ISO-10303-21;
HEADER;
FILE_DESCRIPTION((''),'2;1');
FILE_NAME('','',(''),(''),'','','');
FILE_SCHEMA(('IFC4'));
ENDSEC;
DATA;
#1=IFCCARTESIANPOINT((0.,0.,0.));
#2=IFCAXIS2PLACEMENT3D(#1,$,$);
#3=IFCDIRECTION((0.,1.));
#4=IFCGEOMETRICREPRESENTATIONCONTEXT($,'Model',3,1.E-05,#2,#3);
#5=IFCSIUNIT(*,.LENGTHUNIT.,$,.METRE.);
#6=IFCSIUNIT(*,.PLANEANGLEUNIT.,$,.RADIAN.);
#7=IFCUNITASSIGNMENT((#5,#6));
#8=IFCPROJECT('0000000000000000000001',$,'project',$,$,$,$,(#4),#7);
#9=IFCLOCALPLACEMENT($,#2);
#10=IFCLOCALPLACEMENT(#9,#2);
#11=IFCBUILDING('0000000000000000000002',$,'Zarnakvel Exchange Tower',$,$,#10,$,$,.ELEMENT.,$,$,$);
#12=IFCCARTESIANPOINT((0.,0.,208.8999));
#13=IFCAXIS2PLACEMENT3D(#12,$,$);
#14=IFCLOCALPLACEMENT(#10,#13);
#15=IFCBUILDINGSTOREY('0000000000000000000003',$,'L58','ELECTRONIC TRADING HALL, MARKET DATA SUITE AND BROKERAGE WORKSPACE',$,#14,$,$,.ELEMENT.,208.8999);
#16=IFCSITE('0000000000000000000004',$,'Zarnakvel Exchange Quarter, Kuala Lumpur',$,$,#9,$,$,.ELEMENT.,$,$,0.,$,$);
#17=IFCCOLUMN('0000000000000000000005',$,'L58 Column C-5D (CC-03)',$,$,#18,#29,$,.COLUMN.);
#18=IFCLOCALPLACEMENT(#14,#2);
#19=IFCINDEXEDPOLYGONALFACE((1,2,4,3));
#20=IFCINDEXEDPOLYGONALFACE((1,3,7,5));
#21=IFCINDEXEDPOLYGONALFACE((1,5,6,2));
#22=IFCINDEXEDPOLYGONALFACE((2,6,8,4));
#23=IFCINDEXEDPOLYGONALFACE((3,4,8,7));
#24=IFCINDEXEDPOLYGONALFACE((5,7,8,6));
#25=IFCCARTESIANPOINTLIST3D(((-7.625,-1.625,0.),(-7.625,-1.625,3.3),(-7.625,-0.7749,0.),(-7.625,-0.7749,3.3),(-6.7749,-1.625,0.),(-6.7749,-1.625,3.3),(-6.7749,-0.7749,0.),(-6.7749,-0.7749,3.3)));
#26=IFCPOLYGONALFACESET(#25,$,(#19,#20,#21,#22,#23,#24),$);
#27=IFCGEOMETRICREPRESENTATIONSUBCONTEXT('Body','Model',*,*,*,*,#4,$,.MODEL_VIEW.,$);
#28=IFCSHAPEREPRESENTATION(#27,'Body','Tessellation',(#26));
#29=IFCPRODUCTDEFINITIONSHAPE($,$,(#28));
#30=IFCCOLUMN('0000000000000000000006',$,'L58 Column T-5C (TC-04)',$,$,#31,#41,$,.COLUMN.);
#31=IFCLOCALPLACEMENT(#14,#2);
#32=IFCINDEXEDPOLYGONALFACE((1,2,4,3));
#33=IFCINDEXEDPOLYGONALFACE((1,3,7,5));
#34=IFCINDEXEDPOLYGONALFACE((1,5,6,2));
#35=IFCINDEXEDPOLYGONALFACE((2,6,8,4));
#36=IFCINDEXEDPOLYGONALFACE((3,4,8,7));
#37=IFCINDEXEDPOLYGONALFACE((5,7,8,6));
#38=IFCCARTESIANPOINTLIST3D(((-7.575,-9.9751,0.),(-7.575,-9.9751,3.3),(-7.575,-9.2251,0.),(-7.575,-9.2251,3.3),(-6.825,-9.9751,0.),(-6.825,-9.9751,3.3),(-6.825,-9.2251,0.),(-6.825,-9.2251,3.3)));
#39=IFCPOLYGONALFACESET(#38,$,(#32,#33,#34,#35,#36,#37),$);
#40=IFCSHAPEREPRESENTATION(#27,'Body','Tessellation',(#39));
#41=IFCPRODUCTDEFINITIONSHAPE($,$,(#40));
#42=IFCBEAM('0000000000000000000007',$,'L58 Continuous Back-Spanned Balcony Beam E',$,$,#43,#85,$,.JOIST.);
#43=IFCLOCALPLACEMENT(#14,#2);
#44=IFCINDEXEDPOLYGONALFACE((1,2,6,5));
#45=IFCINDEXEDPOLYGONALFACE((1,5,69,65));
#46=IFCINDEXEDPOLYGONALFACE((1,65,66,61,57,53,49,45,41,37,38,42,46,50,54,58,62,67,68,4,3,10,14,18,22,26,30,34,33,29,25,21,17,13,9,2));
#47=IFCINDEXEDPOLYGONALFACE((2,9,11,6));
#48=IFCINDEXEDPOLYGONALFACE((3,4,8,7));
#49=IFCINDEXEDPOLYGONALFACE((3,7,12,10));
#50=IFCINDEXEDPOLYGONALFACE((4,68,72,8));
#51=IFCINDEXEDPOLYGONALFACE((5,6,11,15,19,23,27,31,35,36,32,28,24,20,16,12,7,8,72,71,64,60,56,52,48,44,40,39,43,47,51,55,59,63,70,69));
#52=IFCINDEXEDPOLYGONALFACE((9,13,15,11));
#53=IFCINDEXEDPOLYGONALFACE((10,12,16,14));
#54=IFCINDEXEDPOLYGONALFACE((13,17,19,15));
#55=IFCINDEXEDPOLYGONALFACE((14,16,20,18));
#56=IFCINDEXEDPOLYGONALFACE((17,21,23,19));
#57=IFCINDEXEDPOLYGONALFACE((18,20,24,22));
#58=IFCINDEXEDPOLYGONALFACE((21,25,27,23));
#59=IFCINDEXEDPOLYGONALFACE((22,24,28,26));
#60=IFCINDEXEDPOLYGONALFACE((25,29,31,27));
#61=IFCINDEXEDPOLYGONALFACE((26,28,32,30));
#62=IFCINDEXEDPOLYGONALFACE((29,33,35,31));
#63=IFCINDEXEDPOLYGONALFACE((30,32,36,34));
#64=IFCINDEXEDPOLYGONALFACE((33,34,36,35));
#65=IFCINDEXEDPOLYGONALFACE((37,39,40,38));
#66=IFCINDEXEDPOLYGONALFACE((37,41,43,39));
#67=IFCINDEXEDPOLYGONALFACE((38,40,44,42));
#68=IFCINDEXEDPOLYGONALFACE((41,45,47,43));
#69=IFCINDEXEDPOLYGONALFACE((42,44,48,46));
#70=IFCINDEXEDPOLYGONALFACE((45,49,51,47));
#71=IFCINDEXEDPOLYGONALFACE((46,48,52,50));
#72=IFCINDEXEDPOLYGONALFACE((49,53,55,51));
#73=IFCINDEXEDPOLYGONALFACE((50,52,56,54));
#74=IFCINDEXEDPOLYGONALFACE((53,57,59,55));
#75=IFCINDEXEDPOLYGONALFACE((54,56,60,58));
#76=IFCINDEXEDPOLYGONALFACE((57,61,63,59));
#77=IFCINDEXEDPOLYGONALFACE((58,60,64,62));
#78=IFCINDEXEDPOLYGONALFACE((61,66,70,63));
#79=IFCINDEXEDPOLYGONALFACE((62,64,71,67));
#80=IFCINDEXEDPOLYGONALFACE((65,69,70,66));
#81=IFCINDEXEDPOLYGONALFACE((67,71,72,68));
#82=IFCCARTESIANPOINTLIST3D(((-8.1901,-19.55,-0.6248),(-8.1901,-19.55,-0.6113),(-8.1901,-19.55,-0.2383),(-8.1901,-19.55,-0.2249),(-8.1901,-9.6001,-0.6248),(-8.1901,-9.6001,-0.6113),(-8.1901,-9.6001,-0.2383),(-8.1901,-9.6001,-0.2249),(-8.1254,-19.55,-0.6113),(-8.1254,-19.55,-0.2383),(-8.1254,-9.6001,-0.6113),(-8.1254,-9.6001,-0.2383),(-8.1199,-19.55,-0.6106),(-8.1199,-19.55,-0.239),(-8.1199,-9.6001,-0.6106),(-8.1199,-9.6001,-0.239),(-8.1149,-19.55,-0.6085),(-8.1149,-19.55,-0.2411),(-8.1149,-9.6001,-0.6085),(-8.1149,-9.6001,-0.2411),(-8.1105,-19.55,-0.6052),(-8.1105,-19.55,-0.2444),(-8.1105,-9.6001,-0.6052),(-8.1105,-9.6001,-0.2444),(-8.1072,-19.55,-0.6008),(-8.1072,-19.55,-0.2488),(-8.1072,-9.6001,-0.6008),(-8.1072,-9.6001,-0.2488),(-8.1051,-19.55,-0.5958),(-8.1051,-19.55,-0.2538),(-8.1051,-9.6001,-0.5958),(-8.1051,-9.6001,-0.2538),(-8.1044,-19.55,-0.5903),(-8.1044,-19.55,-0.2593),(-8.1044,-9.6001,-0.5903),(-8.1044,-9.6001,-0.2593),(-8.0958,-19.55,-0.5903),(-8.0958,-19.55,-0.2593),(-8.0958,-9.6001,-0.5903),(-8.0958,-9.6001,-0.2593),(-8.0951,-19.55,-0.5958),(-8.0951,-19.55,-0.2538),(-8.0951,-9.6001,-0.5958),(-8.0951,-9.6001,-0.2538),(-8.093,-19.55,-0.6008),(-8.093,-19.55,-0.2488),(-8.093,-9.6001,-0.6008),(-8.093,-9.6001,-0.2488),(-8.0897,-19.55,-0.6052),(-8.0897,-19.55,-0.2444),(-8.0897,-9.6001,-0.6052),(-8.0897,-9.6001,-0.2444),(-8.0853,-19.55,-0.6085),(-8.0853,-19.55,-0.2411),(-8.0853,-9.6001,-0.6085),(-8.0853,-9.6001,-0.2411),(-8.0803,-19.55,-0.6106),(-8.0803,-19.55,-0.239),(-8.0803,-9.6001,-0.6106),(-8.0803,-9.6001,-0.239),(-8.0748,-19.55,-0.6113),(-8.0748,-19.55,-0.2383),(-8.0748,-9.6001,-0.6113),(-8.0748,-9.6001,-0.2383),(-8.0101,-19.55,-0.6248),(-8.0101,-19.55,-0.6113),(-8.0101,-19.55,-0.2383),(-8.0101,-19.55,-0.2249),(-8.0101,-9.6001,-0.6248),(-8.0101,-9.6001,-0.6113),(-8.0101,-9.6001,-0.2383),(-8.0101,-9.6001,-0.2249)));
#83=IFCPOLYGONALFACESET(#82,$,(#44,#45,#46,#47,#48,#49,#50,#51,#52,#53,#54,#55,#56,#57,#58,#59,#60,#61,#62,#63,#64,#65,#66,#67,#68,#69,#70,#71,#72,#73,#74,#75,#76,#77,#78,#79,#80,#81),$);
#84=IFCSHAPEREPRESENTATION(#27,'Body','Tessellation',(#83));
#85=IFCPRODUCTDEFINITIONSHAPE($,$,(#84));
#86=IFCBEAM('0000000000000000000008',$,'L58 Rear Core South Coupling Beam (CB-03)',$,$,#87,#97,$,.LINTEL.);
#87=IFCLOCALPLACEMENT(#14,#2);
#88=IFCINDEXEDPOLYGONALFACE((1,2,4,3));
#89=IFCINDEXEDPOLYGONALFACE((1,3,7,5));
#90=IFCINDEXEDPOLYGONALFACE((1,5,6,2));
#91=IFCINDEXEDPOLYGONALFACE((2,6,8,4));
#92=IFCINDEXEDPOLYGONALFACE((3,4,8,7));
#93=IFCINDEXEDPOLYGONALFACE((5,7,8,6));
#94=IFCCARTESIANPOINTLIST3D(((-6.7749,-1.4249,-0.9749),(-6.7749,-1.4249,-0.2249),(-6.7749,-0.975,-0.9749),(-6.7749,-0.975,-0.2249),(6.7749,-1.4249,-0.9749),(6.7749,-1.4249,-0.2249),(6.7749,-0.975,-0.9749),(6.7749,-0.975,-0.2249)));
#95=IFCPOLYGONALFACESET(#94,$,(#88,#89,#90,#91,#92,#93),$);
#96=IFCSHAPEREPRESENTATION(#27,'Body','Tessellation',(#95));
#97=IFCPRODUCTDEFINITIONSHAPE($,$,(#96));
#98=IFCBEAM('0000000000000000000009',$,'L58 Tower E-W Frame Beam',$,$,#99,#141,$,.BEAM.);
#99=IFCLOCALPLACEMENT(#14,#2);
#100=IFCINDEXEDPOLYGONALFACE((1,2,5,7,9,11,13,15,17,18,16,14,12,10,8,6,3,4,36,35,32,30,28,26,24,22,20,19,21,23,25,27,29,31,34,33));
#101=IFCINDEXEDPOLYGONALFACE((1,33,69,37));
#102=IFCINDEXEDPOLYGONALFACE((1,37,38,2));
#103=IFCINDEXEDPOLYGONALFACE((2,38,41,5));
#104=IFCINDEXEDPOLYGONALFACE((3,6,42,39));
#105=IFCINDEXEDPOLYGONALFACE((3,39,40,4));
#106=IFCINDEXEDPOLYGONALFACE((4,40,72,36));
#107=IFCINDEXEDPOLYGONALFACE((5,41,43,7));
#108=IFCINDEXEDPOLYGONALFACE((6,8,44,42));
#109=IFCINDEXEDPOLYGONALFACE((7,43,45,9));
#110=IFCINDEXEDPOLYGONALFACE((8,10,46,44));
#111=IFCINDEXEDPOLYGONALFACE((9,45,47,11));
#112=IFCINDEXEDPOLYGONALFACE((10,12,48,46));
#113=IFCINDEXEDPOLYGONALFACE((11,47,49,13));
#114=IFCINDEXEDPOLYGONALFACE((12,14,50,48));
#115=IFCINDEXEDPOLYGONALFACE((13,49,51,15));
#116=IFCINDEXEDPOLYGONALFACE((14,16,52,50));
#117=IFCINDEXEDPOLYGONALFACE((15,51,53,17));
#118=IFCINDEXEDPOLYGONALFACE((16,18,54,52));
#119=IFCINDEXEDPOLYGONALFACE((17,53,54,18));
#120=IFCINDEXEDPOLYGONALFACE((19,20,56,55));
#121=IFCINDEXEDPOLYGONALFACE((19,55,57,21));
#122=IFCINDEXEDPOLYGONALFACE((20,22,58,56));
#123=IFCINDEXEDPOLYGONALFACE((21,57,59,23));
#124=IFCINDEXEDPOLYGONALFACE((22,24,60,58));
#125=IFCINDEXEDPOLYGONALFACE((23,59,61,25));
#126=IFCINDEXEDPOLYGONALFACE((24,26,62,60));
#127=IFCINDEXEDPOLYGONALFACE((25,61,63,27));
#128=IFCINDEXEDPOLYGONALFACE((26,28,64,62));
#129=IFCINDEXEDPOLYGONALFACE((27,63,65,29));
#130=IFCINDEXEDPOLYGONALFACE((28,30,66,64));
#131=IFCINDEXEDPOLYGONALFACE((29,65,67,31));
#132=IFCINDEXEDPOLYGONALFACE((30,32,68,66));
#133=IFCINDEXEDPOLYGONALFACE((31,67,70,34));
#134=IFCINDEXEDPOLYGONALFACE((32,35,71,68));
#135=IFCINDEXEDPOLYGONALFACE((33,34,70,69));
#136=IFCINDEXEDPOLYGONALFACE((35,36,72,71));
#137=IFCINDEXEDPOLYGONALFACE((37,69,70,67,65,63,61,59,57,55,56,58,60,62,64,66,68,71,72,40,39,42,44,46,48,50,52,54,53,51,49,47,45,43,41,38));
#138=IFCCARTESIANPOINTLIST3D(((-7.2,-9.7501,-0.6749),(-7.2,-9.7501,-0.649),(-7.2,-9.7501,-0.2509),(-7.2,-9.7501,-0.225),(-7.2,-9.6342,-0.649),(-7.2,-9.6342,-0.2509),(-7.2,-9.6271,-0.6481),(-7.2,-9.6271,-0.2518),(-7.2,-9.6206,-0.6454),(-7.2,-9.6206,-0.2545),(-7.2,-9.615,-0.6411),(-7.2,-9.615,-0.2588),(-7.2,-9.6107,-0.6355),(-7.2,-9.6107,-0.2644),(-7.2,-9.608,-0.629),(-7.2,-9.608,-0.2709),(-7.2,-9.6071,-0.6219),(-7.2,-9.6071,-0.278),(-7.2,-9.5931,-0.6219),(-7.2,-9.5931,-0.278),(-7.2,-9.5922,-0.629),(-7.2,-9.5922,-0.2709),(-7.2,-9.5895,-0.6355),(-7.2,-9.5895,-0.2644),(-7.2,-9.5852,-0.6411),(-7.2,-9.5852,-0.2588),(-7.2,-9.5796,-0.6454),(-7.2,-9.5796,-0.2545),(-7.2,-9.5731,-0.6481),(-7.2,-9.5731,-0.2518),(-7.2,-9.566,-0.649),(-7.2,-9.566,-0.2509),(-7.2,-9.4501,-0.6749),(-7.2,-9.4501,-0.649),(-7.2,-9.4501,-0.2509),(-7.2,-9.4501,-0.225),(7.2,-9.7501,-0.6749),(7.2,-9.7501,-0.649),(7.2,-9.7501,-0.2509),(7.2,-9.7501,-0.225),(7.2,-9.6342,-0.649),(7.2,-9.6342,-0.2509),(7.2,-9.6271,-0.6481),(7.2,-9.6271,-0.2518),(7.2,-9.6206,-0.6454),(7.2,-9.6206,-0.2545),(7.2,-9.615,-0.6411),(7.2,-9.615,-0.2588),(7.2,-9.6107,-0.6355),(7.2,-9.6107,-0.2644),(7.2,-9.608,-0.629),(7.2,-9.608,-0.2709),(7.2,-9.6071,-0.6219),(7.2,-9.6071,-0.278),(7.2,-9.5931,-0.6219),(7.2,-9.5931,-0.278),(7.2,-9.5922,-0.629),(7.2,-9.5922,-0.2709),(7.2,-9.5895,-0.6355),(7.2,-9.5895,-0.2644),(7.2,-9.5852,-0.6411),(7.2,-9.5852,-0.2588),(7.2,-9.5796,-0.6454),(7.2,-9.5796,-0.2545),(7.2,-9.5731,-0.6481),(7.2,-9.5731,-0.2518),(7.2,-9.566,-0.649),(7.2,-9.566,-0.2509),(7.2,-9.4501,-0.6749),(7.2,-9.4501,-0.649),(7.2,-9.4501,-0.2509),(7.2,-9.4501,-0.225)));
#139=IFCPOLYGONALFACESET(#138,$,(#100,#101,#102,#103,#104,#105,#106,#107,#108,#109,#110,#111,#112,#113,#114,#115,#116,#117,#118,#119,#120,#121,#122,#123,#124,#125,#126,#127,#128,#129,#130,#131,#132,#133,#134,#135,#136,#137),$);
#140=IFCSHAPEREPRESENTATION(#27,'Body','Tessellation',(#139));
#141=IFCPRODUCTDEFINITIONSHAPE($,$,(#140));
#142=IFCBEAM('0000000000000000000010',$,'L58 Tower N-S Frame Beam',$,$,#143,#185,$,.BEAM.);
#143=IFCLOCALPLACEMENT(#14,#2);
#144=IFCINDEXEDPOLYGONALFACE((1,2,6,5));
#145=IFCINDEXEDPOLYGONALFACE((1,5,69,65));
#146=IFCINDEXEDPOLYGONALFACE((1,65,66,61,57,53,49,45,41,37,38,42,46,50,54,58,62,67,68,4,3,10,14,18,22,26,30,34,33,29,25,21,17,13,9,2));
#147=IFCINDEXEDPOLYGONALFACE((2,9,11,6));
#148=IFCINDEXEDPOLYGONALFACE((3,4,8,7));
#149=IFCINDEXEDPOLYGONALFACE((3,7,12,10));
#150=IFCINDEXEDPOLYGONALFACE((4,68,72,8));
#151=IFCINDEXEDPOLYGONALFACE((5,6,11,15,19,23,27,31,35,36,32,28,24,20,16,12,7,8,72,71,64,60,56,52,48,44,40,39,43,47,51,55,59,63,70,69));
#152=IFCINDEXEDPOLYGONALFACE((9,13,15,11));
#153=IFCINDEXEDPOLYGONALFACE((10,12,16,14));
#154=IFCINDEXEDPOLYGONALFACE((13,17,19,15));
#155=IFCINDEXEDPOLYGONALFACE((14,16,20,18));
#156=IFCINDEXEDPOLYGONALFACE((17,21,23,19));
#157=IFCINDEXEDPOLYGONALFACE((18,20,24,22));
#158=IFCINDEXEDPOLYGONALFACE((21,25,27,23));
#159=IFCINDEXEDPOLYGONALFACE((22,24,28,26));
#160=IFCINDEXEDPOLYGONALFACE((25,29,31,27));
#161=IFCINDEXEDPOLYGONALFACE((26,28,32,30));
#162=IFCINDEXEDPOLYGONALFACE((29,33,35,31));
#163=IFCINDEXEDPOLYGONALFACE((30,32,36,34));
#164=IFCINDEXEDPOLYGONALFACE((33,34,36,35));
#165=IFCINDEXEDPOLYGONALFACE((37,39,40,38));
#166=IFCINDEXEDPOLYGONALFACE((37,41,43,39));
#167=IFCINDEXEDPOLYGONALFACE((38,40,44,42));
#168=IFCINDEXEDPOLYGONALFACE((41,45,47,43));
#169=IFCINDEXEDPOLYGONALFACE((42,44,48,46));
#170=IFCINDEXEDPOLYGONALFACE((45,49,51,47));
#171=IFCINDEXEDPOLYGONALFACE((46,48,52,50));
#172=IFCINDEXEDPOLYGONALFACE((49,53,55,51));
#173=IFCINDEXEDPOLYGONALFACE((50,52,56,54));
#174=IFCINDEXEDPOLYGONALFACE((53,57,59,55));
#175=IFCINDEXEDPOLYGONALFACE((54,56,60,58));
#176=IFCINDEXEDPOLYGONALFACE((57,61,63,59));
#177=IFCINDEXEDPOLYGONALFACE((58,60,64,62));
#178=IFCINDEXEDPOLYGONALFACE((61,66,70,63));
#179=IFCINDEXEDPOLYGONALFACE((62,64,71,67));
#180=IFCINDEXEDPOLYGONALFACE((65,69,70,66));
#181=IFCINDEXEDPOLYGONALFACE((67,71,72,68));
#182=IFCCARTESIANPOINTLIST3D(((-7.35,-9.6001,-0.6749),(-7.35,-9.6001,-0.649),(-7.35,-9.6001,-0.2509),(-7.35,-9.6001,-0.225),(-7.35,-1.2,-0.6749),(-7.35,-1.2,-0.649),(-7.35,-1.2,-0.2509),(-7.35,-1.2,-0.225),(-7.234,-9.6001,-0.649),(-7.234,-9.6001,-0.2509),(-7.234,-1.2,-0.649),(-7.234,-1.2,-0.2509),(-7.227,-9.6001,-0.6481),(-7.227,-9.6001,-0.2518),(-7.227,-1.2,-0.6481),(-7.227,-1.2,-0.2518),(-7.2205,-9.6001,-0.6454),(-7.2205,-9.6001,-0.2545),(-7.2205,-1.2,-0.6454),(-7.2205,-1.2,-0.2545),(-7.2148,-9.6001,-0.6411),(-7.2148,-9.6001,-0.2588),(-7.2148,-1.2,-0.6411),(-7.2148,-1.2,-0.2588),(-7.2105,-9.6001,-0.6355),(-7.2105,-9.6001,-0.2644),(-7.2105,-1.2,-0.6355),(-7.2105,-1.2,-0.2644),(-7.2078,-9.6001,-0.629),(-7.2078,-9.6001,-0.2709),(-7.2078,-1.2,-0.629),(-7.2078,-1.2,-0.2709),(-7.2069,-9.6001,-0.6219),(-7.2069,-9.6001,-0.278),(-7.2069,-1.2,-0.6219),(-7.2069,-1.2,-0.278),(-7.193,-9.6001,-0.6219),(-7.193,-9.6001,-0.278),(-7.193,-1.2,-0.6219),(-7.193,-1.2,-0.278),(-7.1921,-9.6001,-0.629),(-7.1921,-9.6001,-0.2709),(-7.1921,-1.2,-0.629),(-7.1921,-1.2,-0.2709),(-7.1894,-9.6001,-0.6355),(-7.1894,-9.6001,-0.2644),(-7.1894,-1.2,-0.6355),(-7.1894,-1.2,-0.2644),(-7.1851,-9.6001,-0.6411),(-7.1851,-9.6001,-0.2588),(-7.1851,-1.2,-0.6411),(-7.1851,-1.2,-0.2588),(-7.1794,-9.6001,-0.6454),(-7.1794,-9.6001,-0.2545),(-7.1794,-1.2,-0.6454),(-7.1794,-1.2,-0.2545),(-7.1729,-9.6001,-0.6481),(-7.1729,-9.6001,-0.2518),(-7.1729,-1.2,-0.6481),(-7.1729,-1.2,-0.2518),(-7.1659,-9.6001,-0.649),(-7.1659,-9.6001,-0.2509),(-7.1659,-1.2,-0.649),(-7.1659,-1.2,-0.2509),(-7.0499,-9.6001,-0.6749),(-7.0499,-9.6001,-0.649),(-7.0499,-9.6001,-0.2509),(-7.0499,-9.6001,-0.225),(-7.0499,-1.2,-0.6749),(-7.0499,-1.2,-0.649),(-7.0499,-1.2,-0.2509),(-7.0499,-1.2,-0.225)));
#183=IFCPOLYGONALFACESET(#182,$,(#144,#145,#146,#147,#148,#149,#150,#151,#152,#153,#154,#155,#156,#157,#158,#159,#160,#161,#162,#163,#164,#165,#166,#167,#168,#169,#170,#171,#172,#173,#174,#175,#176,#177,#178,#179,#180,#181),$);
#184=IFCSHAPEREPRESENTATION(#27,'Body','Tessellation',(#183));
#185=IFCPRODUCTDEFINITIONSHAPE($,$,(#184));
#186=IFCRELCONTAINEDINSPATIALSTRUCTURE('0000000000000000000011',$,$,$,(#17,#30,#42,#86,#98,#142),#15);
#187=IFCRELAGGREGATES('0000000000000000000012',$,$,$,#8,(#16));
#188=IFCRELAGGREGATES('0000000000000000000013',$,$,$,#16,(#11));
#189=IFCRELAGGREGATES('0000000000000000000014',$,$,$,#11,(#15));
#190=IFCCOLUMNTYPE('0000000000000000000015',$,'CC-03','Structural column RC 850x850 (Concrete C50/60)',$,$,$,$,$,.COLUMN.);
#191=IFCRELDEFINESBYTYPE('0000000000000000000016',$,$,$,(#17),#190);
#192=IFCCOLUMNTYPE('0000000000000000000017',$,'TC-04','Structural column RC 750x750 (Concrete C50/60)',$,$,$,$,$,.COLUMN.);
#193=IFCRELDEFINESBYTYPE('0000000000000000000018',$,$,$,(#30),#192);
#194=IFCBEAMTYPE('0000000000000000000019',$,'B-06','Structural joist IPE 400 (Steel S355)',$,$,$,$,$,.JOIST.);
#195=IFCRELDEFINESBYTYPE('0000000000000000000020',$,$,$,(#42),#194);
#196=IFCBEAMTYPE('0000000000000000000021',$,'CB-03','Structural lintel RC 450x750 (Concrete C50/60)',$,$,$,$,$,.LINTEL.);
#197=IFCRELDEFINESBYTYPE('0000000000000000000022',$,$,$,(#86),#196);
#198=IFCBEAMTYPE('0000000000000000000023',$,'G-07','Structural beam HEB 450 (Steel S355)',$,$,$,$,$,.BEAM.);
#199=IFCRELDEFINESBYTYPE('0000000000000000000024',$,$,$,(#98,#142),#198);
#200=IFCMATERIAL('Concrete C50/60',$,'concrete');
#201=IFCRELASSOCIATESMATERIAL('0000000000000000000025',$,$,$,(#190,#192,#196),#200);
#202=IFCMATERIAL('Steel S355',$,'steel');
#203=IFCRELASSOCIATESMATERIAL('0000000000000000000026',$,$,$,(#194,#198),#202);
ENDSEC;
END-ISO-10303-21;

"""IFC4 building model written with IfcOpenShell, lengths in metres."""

from ifc_helpers import new_model, si_unit, direction, frame, origin, origin_2d, place, context, subcontext, project, spatial, rectangle, i_section, extrude, material, material_profile, profile_set, type_object, element, save


model = new_model("IFC4")

# Units and contexts
model_context = context("Model", 3, precision=1e-05, world=origin(), true_north=direction((0.0, 1.0)))
body_context = subcontext(model_context, "Body", "Model", "MODEL_VIEW")
ifc_project = project(units=[si_unit("LENGTHUNIT", "METRE"), si_unit("PLANEANGLEUNIT", "RADIAN")], contexts=[model_context])

# Site, building, storey
site_placement = place(None, origin())
site = spatial("IfcSite", under=ifc_project, at=site_placement, Name="Zarnakvel Exchange Quarter, Kuala Lumpur", CompositionType="ELEMENT", RefElevation=0.0)
building_placement = place(site_placement, origin())
building = spatial("IfcBuilding", under=site, at=building_placement, Name="Zarnakvel Exchange Tower", CompositionType="ELEMENT")
storey_placement = place(building_placement, frame((0.0, 0.0, 208.8999)))
storey = spatial("IfcBuildingStorey", under=building, at=storey_placement, Name="L58", Description="ELECTRONIC TRADING HALL, MARKET DATA SUITE AND BROKERAGE WORKSPACE", CompositionType="ELEMENT", Elevation=208.8999)

# Columns
ifc_material_1 = material(Name="Concrete C50/60", Category="concrete")
ifc_material_profile_1 = material_profile(ifc_material_1, rectangle(XDim=0.8501, YDim=0.8501, at=origin_2d()))
ifc_profile_set_1 = profile_set([ifc_material_profile_1], Name="Concrete C50/60")
column_type_1 = type_object("IfcColumnType", Name="CC-03", Description="Structural column RC 850x850 (Concrete C50/60)", PredefinedType="COLUMN", material=ifc_profile_set_1)
column_1_placement = place(storey_placement, frame((-7.2, -1.2, 0.0), z_axis=(0.0, 0.0, 1.0), x_axis=(1.0, 0.0, 0.0)))
element("IfcColumn", 1, at=column_1_placement, inside=storey, type_object=column_type_1, Name="L58 Column C-5D (CC-03)", PredefinedType="COLUMN", context=body_context, shape_type="SweptSolid", body=[
    extrude(rectangle(XDim=0.8501, YDim=0.8501, at=origin_2d()), origin(), (0.0, 0.0, 1.0), 3.3),
])
ifc_material_profile_2 = material_profile(ifc_material_1, rectangle(XDim=0.75, YDim=0.75, at=origin_2d()))
ifc_profile_set_2 = profile_set([ifc_material_profile_2], Name="Concrete C50/60")
column_type_2 = type_object("IfcColumnType", Name="TC-04", Description="Structural column RC 750x750 (Concrete C50/60)", PredefinedType="COLUMN", material=ifc_profile_set_2)
column_2_placement = place(storey_placement, frame((-7.2, -9.6001, 0.0), z_axis=(0.0, 0.0, 1.0), x_axis=(1.0, 0.0, 0.0)))
element("IfcColumn", 2, at=column_2_placement, inside=storey, type_object=column_type_2, Name="L58 Column T-5C (TC-04)", PredefinedType="COLUMN", context=body_context, shape_type="SweptSolid", body=[
    extrude(rectangle(XDim=0.75, YDim=0.75, at=origin_2d()), origin(), (0.0, 0.0, 1.0), 3.3),
])

# Beams
ifc_material_2 = material(Name="Steel S355", Category="steel")
ifc_material_profile_3 = material_profile(ifc_material_2, i_section(OverallWidth=0.1799, OverallDepth=0.3999, WebThickness=0.0085, FlangeThickness=0.0134, FilletRadius=0.021, at=origin_2d()))
ifc_profile_set_3 = profile_set([ifc_material_profile_3], Name="Steel S355")
beam_type_1 = type_object("IfcBeamType", Name="B-06", Description="Structural joist IPE 400 (Steel S355)", PredefinedType="JOIST", material=ifc_profile_set_3)
beam_1_placement = place(storey_placement, frame((-8.1001, -9.6001, -0.4248), z_axis=(0.0, -1.0, 0.0), x_axis=(1.0, 0.0, 0.0)))
element("IfcBeam", 3, at=beam_1_placement, inside=storey, type_object=beam_type_1, Name="L58 Continuous Back-Spanned Balcony Beam E", PredefinedType="JOIST", context=body_context, shape_type="SweptSolid", body=[
    extrude(i_section(OverallWidth=0.1799, OverallDepth=0.3999, WebThickness=0.0085, FlangeThickness=0.0134, FilletRadius=0.021, at=origin_2d()), origin(), (0.0, 0.0, 1.0), 9.95),
])
ifc_material_profile_4 = material_profile(ifc_material_1, rectangle(XDim=0.45, YDim=0.75, at=origin_2d()))
ifc_profile_set_4 = profile_set([ifc_material_profile_4], Name="Concrete C50/60")
beam_type_2 = type_object("IfcBeamType", Name="CB-03", Description="Structural lintel RC 450x750 (Concrete C50/60)", PredefinedType="LINTEL", material=ifc_profile_set_4)
beam_2_placement = place(storey_placement, frame((-6.7749, -1.2, -0.5999), z_axis=(1.0, 0.0, 0.0), x_axis=(0.0, 1.0, 0.0)))
element("IfcBeam", 4, at=beam_2_placement, inside=storey, type_object=beam_type_2, Name="L58 Rear Core South Coupling Beam (CB-03)", PredefinedType="LINTEL", context=body_context, shape_type="SweptSolid", body=[
    extrude(rectangle(XDim=0.45, YDim=0.75, at=origin_2d()), origin(), (0.0, 0.0, 1.0), 13.5498),
])
ifc_material_profile_5 = material_profile(ifc_material_2, i_section(OverallWidth=0.3, OverallDepth=0.45, WebThickness=0.0139, FlangeThickness=0.0259, FilletRadius=0.0271, at=origin_2d()))
ifc_profile_set_5 = profile_set([ifc_material_profile_5], Name="Steel S355")
beam_type_3 = type_object("IfcBeamType", Name="G-07", Description="Structural beam HEB 450 (Steel S355)", PredefinedType="BEAM", material=ifc_profile_set_5)
beam_3_placement = place(storey_placement, frame((-7.2, -9.6001, -0.45), z_axis=(1.0, 0.0, 0.0), x_axis=(0.0, 1.0, 0.0)))
element("IfcBeam", 5, at=beam_3_placement, inside=storey, type_object=beam_type_3, Name="L58 Tower E-W Frame Beam", PredefinedType="BEAM", context=body_context, shape_type="SweptSolid", body=[
    extrude(i_section(OverallWidth=0.3, OverallDepth=0.45, WebThickness=0.0139, FlangeThickness=0.0259, FilletRadius=0.0271, at=origin_2d()), origin(), (0.0, 0.0, 1.0), 14.3999),
])
beam_4_placement = place(storey_placement, frame((-7.2, -9.6001, -0.45), z_axis=(0.0, 1.0, 0.0), x_axis=(-1.0, 0.0, 0.0)))
element("IfcBeam", 6, at=beam_4_placement, inside=storey, type_object=beam_type_3, Name="L58 Tower N-S Frame Beam", PredefinedType="BEAM", context=body_context, shape_type="SweptSolid", body=[
    extrude(i_section(OverallWidth=0.3, OverallDepth=0.45, WebThickness=0.0139, FlangeThickness=0.0259, FilletRadius=0.0271, at=origin_2d()), origin(), (0.0, 0.0, 1.0), 8.4001),
])

save(model, "model.ifc")
